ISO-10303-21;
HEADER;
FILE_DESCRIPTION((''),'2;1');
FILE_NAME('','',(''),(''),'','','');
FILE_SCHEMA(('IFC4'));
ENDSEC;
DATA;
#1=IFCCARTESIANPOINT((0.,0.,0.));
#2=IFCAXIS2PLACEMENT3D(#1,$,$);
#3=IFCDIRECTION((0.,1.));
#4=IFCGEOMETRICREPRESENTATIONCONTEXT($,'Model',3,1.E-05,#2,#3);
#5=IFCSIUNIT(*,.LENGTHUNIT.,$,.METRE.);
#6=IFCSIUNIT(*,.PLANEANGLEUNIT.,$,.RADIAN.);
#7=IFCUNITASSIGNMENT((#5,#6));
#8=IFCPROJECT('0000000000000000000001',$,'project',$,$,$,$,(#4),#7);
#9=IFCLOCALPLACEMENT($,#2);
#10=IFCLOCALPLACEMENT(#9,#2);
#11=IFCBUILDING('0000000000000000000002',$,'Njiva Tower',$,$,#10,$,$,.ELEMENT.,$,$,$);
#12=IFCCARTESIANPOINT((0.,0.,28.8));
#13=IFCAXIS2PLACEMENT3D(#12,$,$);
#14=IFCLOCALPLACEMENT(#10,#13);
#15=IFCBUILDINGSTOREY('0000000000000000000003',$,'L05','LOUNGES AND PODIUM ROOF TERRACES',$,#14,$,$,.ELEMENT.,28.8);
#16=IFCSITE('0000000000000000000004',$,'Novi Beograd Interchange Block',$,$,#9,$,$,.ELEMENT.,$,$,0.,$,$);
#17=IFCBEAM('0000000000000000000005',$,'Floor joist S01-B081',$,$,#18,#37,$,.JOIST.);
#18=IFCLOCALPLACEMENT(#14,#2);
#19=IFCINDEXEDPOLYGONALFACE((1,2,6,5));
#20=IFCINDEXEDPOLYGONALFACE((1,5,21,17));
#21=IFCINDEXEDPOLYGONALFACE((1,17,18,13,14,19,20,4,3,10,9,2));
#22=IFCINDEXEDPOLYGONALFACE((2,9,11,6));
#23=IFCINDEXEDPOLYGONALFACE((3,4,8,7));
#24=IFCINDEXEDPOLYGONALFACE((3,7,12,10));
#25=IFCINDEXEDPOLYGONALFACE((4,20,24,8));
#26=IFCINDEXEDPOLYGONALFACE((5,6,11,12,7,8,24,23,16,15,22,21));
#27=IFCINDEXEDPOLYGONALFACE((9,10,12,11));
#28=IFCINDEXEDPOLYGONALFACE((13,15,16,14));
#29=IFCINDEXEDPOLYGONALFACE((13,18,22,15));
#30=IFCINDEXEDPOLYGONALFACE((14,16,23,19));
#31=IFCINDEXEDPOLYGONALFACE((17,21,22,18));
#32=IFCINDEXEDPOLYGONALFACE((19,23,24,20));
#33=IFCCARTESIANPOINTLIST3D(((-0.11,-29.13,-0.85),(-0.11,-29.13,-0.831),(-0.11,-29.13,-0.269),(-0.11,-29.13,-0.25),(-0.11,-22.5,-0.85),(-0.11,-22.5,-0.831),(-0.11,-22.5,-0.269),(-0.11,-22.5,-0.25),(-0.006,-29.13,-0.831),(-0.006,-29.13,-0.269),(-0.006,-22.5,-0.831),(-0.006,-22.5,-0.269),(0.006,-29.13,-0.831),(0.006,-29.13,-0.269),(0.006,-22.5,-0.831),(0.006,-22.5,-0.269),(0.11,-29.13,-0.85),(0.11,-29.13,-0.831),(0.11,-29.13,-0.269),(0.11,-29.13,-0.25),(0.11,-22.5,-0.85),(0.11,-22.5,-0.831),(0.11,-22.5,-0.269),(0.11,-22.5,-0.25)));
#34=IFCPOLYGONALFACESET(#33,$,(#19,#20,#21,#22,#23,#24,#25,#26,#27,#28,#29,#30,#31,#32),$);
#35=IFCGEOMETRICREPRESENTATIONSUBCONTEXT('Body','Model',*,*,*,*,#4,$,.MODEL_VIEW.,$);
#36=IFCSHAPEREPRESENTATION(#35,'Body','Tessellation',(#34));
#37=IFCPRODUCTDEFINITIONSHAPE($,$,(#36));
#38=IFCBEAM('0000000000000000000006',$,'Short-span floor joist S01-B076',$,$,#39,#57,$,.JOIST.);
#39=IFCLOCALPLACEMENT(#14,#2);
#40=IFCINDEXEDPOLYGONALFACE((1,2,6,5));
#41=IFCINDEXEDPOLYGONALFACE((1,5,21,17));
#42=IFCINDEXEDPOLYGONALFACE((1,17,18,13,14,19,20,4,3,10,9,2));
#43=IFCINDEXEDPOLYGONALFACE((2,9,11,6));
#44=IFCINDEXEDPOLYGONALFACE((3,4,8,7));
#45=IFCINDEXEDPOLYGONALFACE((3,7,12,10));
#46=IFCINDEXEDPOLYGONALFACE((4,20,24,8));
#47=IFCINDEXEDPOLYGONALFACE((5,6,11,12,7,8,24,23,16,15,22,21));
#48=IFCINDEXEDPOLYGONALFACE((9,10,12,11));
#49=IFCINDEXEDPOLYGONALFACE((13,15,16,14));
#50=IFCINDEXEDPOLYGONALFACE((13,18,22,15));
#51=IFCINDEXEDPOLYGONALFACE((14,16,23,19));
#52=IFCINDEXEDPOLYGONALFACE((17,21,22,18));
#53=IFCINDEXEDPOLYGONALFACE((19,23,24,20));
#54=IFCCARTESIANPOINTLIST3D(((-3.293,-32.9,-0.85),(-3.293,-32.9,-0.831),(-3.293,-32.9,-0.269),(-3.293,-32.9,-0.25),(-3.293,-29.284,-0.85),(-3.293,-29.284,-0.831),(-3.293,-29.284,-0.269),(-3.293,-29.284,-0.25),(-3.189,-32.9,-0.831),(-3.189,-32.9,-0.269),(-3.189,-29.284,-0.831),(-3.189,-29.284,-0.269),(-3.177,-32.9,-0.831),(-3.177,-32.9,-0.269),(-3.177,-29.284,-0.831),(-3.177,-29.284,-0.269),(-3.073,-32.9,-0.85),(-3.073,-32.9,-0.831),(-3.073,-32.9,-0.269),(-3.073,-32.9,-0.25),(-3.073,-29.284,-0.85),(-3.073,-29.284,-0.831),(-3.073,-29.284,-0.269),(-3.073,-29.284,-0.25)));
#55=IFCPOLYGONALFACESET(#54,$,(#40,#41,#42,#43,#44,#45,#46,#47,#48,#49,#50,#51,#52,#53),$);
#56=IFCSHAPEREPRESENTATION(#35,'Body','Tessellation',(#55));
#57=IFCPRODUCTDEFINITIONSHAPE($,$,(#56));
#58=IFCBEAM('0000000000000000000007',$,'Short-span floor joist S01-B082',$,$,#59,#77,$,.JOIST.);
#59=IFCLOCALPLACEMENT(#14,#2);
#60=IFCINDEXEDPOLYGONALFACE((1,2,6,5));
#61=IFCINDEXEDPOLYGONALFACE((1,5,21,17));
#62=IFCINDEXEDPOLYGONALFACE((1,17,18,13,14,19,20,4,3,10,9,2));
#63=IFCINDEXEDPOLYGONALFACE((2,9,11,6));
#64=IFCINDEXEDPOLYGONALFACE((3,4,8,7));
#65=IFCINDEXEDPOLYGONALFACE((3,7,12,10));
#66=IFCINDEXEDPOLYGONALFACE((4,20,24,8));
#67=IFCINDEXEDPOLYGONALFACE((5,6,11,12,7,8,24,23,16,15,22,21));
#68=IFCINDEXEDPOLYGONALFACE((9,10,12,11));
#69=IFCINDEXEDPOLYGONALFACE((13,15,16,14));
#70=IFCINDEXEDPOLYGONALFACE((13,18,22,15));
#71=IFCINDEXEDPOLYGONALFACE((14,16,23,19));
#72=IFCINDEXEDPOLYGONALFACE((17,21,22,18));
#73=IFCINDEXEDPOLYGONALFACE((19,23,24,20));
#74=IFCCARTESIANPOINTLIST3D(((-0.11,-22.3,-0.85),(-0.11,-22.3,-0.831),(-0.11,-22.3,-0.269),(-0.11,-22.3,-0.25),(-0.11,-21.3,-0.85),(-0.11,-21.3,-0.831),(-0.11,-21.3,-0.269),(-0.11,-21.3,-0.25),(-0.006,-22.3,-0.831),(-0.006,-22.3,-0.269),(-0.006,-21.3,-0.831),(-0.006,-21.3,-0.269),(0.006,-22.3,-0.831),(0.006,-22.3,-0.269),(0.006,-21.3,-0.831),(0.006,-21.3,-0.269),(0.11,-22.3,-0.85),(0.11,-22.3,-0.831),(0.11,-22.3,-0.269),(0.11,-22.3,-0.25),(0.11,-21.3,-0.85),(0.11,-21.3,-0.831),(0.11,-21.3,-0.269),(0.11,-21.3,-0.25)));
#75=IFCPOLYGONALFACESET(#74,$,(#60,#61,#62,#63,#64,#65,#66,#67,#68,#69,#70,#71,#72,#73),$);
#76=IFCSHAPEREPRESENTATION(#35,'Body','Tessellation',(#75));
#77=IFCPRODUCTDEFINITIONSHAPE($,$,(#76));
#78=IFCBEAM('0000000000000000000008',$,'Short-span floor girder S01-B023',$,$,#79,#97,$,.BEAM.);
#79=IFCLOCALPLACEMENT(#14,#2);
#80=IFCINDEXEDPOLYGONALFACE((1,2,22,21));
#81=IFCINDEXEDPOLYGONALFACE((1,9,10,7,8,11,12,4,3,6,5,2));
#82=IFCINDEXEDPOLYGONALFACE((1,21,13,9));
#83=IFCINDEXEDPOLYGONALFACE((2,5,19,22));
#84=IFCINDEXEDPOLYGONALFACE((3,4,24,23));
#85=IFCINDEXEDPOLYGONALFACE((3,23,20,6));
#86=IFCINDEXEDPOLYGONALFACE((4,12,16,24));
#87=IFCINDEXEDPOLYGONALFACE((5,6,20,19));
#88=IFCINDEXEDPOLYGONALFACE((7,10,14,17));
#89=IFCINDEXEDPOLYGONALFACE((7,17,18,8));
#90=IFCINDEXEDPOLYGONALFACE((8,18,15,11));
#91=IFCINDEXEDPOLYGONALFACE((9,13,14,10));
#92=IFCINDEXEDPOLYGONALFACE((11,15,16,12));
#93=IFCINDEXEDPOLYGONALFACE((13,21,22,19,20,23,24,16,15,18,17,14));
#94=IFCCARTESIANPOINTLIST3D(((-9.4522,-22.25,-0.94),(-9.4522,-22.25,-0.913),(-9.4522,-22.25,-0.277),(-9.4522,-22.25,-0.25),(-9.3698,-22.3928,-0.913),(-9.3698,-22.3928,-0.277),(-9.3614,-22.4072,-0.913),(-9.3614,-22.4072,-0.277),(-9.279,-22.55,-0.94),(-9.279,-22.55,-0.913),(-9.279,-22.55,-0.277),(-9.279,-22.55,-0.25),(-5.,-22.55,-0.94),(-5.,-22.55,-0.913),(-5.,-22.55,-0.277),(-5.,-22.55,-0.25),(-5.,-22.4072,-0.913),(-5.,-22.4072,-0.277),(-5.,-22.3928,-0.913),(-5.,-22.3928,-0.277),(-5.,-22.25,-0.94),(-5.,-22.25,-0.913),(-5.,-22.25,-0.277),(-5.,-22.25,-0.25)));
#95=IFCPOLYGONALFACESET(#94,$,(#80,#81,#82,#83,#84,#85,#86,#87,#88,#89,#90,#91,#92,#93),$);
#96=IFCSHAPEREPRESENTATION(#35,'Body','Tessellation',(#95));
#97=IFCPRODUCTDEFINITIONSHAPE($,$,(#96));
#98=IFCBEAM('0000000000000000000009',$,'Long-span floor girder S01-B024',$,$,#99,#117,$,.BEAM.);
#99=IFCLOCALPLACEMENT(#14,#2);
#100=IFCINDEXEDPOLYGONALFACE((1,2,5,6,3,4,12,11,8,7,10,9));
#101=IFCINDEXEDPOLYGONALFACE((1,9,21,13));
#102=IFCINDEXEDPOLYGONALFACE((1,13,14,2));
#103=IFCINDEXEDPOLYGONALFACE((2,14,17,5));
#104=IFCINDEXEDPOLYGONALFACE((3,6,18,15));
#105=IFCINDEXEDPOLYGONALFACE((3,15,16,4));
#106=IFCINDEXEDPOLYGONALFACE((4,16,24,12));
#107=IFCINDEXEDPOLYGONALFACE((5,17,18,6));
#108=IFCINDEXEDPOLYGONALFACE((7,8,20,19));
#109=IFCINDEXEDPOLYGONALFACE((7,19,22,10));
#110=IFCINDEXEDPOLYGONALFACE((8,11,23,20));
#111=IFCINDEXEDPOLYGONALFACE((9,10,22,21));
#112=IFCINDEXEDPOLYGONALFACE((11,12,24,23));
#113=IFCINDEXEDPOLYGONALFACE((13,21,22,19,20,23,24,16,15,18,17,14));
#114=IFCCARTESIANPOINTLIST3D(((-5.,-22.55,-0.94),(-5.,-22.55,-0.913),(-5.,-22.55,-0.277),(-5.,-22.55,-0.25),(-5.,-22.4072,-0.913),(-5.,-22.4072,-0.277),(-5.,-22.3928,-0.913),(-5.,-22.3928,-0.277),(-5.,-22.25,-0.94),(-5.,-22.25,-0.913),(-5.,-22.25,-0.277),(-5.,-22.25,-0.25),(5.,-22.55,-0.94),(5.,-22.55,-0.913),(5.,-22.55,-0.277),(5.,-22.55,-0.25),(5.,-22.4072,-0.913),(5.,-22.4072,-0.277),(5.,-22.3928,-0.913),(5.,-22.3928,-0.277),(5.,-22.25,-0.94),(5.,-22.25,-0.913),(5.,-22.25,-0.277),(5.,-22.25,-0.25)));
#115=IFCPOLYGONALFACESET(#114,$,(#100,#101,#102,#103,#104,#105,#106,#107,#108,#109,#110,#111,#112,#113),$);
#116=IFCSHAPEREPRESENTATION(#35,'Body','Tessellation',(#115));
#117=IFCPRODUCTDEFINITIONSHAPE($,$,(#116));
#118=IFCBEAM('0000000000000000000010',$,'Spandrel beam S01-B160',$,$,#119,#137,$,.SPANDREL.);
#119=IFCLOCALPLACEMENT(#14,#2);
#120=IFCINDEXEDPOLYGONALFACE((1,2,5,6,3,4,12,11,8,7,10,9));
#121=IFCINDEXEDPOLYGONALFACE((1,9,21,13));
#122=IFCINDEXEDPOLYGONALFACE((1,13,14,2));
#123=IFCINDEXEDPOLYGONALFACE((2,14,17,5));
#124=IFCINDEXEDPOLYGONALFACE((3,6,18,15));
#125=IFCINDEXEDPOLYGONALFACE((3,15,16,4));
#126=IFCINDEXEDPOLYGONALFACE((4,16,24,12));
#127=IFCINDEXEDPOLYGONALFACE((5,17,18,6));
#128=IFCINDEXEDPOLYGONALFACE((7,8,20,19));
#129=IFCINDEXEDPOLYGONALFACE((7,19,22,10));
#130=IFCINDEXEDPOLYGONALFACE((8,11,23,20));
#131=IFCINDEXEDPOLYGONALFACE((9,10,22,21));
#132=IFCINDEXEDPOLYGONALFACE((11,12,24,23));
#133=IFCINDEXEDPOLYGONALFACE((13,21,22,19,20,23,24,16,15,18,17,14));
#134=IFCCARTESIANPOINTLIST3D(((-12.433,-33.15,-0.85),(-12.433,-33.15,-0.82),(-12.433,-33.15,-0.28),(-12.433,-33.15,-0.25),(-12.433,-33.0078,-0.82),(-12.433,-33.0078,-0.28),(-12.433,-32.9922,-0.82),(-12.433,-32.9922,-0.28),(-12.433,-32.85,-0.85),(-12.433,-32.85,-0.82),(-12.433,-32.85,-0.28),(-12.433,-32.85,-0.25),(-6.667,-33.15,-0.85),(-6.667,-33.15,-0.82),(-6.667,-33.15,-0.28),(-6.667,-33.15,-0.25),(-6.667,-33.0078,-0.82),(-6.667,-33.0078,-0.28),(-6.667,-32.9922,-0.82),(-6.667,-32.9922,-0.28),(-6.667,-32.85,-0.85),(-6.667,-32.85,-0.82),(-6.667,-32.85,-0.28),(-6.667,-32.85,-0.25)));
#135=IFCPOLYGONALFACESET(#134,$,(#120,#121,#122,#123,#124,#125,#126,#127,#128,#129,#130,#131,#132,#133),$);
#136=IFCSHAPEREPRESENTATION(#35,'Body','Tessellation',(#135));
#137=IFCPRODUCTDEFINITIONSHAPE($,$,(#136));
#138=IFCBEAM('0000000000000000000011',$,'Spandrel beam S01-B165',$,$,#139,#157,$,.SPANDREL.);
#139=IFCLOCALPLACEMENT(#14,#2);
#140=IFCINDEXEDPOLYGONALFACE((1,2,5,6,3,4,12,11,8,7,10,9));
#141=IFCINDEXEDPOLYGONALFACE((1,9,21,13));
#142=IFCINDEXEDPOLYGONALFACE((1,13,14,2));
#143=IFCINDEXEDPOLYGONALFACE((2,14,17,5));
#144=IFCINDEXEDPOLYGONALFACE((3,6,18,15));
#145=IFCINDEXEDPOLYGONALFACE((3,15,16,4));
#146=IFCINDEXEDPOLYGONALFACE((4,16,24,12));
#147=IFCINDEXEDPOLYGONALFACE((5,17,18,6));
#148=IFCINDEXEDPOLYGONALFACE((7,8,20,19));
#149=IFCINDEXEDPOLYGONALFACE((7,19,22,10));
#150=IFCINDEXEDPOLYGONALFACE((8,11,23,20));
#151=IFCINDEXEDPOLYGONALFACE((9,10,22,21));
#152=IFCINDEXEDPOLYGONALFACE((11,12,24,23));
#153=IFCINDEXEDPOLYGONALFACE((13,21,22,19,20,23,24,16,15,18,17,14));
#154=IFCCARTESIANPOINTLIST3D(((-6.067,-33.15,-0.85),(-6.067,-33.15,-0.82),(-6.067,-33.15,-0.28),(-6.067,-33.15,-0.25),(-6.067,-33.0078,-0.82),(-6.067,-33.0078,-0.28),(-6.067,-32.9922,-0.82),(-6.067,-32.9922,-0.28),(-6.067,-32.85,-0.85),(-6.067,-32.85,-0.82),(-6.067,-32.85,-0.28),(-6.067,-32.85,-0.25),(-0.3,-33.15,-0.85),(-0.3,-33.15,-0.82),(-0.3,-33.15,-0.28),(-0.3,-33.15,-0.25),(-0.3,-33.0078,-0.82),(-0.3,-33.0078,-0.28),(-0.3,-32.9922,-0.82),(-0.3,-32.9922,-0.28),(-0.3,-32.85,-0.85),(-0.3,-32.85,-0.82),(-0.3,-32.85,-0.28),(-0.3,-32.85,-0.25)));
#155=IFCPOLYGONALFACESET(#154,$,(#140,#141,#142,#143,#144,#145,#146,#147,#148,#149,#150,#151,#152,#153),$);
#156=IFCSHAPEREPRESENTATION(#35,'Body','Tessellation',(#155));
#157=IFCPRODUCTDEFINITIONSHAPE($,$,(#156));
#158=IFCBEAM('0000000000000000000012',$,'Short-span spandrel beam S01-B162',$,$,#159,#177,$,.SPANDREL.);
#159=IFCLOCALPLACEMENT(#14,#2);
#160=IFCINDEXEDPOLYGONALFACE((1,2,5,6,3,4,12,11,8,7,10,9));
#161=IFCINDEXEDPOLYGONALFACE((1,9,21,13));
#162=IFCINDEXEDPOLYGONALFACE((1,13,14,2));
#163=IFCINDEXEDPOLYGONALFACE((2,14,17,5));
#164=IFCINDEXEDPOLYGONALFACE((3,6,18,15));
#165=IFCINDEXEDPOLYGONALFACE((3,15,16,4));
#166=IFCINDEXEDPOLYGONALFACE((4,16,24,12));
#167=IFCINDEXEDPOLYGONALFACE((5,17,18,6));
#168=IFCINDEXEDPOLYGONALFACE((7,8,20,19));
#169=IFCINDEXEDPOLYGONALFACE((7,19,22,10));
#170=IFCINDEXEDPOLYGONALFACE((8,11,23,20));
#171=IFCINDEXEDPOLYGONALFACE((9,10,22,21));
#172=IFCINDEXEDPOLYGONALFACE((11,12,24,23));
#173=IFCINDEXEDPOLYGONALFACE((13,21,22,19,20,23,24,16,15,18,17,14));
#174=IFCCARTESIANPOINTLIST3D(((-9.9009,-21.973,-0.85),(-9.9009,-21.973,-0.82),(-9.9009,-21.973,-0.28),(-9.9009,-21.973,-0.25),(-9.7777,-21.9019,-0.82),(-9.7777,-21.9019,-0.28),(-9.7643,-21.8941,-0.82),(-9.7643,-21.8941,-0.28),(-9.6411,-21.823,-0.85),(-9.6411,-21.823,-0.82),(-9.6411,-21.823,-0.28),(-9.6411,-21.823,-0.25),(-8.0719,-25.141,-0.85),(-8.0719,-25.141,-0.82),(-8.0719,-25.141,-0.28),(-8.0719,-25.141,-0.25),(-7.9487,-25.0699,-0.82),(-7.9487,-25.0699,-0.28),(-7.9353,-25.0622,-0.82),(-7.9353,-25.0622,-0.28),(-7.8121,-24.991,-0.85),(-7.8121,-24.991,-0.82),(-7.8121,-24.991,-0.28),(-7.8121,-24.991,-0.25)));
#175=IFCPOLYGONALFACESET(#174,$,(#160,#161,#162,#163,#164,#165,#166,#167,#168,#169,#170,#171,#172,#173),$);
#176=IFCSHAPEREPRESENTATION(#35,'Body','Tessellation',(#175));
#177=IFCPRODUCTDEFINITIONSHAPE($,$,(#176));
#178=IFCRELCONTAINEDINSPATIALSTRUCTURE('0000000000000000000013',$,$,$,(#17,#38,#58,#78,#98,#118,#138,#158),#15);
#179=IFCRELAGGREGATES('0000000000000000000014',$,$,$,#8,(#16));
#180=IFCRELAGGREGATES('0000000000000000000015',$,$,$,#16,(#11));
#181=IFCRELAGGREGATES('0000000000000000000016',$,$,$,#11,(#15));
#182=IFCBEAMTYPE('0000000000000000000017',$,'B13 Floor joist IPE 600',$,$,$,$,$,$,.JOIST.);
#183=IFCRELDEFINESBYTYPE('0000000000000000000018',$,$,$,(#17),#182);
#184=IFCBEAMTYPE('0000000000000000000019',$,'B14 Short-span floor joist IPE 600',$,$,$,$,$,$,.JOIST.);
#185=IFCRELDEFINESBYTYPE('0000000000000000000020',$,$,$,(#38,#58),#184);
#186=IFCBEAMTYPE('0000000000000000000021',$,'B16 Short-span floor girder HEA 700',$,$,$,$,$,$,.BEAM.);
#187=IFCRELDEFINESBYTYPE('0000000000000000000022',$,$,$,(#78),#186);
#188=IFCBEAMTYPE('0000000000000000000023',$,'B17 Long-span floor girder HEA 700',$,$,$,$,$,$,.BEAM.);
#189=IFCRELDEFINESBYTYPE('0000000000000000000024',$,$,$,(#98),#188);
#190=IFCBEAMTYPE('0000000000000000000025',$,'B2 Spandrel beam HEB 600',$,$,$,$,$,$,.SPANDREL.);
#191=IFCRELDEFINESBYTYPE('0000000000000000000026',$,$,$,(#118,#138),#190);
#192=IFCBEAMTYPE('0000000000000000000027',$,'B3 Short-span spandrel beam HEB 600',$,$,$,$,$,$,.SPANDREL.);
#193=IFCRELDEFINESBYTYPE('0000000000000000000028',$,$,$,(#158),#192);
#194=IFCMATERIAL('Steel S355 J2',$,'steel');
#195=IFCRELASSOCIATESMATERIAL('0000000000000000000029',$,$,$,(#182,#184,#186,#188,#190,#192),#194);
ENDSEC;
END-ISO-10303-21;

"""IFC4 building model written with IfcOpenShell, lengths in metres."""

from ifc_helpers import new_model, si_unit, direction, frame, origin, origin_2d, place, context, subcontext, project, spatial, i_section, extrude, clip, halfspace, material, material_profile, profile_set, type_object, element, save


model = new_model("IFC4")

# Units and contexts
model_context = context("Model", 3, precision=1e-05, world=origin(), true_north=direction((0.0, 1.0)))
body_context = subcontext(model_context, "Body", "Model", "MODEL_VIEW")
ifc_project = project(units=[si_unit("LENGTHUNIT", "METRE"), si_unit("PLANEANGLEUNIT", "RADIAN")], contexts=[model_context])

# Site, building, storey
site_placement = place(None, origin())
site = spatial("IfcSite", under=ifc_project, at=site_placement, Name="Novi Beograd Interchange Block", CompositionType="ELEMENT", RefElevation=0.0)
building_placement = place(site_placement, origin())
building = spatial("IfcBuilding", under=site, at=building_placement, Name="Njiva Tower", CompositionType="ELEMENT")
storey_placement = place(building_placement, frame((0.0, 0.0, 28.8)))
storey = spatial("IfcBuildingStorey", under=building, at=storey_placement, Name="L05", Description="LOUNGES AND PODIUM ROOF TERRACES", CompositionType="ELEMENT", Elevation=28.8)

# Shared definitions
ifc_material_1 = material(Name="Steel S355 J2", Category="steel")

# Beams
ifc_material_profile_1 = material_profile(ifc_material_1, i_section(OverallWidth=0.22, OverallDepth=0.6, WebThickness=0.012, FlangeThickness=0.019, at=origin_2d()), Name="IPE 600")
ifc_profile_set_1 = profile_set([ifc_material_profile_1], Name="Steel S355 J2")
beam_type_1 = type_object("IfcBeamType", Name="B13 Floor joist IPE 600", PredefinedType="JOIST", material=ifc_profile_set_1)
beam_1_placement = place(storey_placement, frame((0.0, -22.5, -0.55), z_axis=(0.0, -1.0, 0.0), x_axis=(1.0, 0.0, 0.0)))
element("IfcBeam", 1, at=beam_1_placement, inside=storey, type_object=beam_type_1, Name="Floor joist S01-B081", PredefinedType="JOIST", context=body_context, shape_type="SweptSolid", body=[
    extrude(i_section(OverallWidth=0.22, OverallDepth=0.6, WebThickness=0.012, FlangeThickness=0.019, at=origin_2d()), origin(), (0.0, 0.0, 1.0), 6.63),
])
ifc_material_profile_2 = material_profile(ifc_material_1, i_section(OverallWidth=0.22, OverallDepth=0.6, WebThickness=0.012, FlangeThickness=0.019, at=origin_2d()), Name="IPE 600")
ifc_profile_set_2 = profile_set([ifc_material_profile_2], Name="Steel S355 J2")
beam_type_2 = type_object("IfcBeamType", Name="B14 Short-span floor joist IPE 600", PredefinedType="JOIST", material=ifc_profile_set_2)
beam_2_placement = place(storey_placement, frame((-3.183, -29.284, -0.55), z_axis=(0.0, -1.0, 0.0), x_axis=(1.0, 0.0, 0.0)))
element("IfcBeam", 2, at=beam_2_placement, inside=storey, type_object=beam_type_2, Name="Short-span floor joist S01-B076", PredefinedType="JOIST", context=body_context, shape_type="SweptSolid", body=[
    extrude(i_section(OverallWidth=0.22, OverallDepth=0.6, WebThickness=0.012, FlangeThickness=0.019, at=origin_2d()), origin(), (0.0, 0.0, 1.0), 3.616),
])
beam_3_placement = place(storey_placement, frame((0.0, -21.3, -0.55), z_axis=(0.0, -1.0, 0.0), x_axis=(1.0, 0.0, 0.0)))
element("IfcBeam", 3, at=beam_3_placement, inside=storey, type_object=beam_type_2, Name="Short-span floor joist S01-B082", PredefinedType="JOIST", context=body_context, shape_type="SweptSolid", body=[
    extrude(i_section(OverallWidth=0.22, OverallDepth=0.6, WebThickness=0.012, FlangeThickness=0.019, at=origin_2d()), origin(), (0.0, 0.0, 1.0), 1.0),
])
ifc_material_profile_3 = material_profile(ifc_material_1, i_section(OverallWidth=0.3, OverallDepth=0.69, WebThickness=0.0145, FlangeThickness=0.027, at=origin_2d()), Name="HEA 700")
ifc_profile_set_3 = profile_set([ifc_material_profile_3], Name="Steel S355 J2")
beam_type_3 = type_object("IfcBeamType", Name="B16 Short-span floor girder HEA 700", PredefinedType="BEAM", material=ifc_profile_set_3)
beam_4_placement = place(storey_placement, frame((-9.473, -22.4, -0.595), z_axis=(1.0, 0.0, 0.0), x_axis=(0.0, 1.0, 0.0)))
element("IfcBeam", 4, at=beam_4_placement, inside=storey, type_object=beam_type_3, Name="Short-span floor girder S01-B023", PredefinedType="BEAM", context=body_context, shape_type="Clipping", body=[
    clip(extrude(i_section(OverallWidth=0.3, OverallDepth=0.69, WebThickness=0.0145, FlangeThickness=0.027, at=origin_2d()), origin(), (0.0, 0.0, 1.0), 4.473), halfspace(frame((-0.025, 0.0, 0.1218), z_axis=(-0.499998, 0.0, -0.866027), x_axis=(0.0, -1.0, 0.0)), False)),
])
ifc_material_profile_4 = material_profile(ifc_material_1, i_section(OverallWidth=0.3, OverallDepth=0.69, WebThickness=0.0145, FlangeThickness=0.027, at=origin_2d()), Name="HEA 700")
ifc_profile_set_4 = profile_set([ifc_material_profile_4], Name="Steel S355 J2")
beam_type_4 = type_object("IfcBeamType", Name="B17 Long-span floor girder HEA 700", PredefinedType="BEAM", material=ifc_profile_set_4)
beam_5_placement = place(storey_placement, frame((-5.0, -22.4, -0.595), z_axis=(1.0, 0.0, 0.0), x_axis=(0.0, 1.0, 0.0)))
element("IfcBeam", 5, at=beam_5_placement, inside=storey, type_object=beam_type_4, Name="Long-span floor girder S01-B024", PredefinedType="BEAM", context=body_context, shape_type="SweptSolid", body=[
    extrude(i_section(OverallWidth=0.3, OverallDepth=0.69, WebThickness=0.0145, FlangeThickness=0.027, at=origin_2d()), origin(), (0.0, 0.0, 1.0), 10.0),
])
ifc_material_profile_5 = material_profile(ifc_material_1, i_section(OverallWidth=0.3, OverallDepth=0.6, WebThickness=0.0155, FlangeThickness=0.03, at=origin_2d()), Name="HEB 600")
ifc_profile_set_5 = profile_set([ifc_material_profile_5], Name="Steel S355 J2")
beam_type_5 = type_object("IfcBeamType", Name="B2 Spandrel beam HEB 600", PredefinedType="SPANDREL", material=ifc_profile_set_5)
beam_6_placement = place(storey_placement, frame((-12.433, -33.0, -0.55), z_axis=(1.0, 0.0, 0.0), x_axis=(0.0, 1.0, 0.0)))
element("IfcBeam", 6, at=beam_6_placement, inside=storey, type_object=beam_type_5, Name="Spandrel beam S01-B160", PredefinedType="SPANDREL", context=body_context, shape_type="SweptSolid", body=[
    extrude(i_section(OverallWidth=0.3, OverallDepth=0.6, WebThickness=0.0155, FlangeThickness=0.03, at=origin_2d()), origin(), (0.0, 0.0, 1.0), 5.766),
])
beam_7_placement = place(storey_placement, frame((-6.067, -33.0, -0.55), z_axis=(1.0, 0.0, 0.0), x_axis=(0.0, 1.0, 0.0)))
element("IfcBeam", 7, at=beam_7_placement, inside=storey, type_object=beam_type_5, Name="Spandrel beam S01-B165", PredefinedType="SPANDREL", context=body_context, shape_type="SweptSolid", body=[
    extrude(i_section(OverallWidth=0.3, OverallDepth=0.6, WebThickness=0.0155, FlangeThickness=0.03, at=origin_2d()), origin(), (0.0, 0.0, 1.0), 5.767),
])
ifc_material_profile_6 = material_profile(ifc_material_1, i_section(OverallWidth=0.3, OverallDepth=0.6, WebThickness=0.0155, FlangeThickness=0.03, at=origin_2d()), Name="HEB 600")
ifc_profile_set_6 = profile_set([ifc_material_profile_6], Name="Steel S355 J2")
beam_type_6 = type_object("IfcBeamType", Name="B3 Short-span spandrel beam HEB 600", PredefinedType="SPANDREL", material=ifc_profile_set_6)
beam_8_placement = place(storey_placement, frame((-9.771, -21.898, -0.55), z_axis=(0.499991, -0.866031, 0.0), x_axis=(0.866031, 0.499991, 0.0)))
element("IfcBeam", 8, at=beam_8_placement, inside=storey, type_object=beam_type_6, Name="Short-span spandrel beam S01-B162", PredefinedType="SPANDREL", context=body_context, shape_type="SweptSolid", body=[
    extrude(i_section(OverallWidth=0.3, OverallDepth=0.6, WebThickness=0.0155, FlangeThickness=0.03, at=origin_2d()), origin(), (0.0, 0.0, 1.0), 3.6581),
])

save(model, "model.ifc")
